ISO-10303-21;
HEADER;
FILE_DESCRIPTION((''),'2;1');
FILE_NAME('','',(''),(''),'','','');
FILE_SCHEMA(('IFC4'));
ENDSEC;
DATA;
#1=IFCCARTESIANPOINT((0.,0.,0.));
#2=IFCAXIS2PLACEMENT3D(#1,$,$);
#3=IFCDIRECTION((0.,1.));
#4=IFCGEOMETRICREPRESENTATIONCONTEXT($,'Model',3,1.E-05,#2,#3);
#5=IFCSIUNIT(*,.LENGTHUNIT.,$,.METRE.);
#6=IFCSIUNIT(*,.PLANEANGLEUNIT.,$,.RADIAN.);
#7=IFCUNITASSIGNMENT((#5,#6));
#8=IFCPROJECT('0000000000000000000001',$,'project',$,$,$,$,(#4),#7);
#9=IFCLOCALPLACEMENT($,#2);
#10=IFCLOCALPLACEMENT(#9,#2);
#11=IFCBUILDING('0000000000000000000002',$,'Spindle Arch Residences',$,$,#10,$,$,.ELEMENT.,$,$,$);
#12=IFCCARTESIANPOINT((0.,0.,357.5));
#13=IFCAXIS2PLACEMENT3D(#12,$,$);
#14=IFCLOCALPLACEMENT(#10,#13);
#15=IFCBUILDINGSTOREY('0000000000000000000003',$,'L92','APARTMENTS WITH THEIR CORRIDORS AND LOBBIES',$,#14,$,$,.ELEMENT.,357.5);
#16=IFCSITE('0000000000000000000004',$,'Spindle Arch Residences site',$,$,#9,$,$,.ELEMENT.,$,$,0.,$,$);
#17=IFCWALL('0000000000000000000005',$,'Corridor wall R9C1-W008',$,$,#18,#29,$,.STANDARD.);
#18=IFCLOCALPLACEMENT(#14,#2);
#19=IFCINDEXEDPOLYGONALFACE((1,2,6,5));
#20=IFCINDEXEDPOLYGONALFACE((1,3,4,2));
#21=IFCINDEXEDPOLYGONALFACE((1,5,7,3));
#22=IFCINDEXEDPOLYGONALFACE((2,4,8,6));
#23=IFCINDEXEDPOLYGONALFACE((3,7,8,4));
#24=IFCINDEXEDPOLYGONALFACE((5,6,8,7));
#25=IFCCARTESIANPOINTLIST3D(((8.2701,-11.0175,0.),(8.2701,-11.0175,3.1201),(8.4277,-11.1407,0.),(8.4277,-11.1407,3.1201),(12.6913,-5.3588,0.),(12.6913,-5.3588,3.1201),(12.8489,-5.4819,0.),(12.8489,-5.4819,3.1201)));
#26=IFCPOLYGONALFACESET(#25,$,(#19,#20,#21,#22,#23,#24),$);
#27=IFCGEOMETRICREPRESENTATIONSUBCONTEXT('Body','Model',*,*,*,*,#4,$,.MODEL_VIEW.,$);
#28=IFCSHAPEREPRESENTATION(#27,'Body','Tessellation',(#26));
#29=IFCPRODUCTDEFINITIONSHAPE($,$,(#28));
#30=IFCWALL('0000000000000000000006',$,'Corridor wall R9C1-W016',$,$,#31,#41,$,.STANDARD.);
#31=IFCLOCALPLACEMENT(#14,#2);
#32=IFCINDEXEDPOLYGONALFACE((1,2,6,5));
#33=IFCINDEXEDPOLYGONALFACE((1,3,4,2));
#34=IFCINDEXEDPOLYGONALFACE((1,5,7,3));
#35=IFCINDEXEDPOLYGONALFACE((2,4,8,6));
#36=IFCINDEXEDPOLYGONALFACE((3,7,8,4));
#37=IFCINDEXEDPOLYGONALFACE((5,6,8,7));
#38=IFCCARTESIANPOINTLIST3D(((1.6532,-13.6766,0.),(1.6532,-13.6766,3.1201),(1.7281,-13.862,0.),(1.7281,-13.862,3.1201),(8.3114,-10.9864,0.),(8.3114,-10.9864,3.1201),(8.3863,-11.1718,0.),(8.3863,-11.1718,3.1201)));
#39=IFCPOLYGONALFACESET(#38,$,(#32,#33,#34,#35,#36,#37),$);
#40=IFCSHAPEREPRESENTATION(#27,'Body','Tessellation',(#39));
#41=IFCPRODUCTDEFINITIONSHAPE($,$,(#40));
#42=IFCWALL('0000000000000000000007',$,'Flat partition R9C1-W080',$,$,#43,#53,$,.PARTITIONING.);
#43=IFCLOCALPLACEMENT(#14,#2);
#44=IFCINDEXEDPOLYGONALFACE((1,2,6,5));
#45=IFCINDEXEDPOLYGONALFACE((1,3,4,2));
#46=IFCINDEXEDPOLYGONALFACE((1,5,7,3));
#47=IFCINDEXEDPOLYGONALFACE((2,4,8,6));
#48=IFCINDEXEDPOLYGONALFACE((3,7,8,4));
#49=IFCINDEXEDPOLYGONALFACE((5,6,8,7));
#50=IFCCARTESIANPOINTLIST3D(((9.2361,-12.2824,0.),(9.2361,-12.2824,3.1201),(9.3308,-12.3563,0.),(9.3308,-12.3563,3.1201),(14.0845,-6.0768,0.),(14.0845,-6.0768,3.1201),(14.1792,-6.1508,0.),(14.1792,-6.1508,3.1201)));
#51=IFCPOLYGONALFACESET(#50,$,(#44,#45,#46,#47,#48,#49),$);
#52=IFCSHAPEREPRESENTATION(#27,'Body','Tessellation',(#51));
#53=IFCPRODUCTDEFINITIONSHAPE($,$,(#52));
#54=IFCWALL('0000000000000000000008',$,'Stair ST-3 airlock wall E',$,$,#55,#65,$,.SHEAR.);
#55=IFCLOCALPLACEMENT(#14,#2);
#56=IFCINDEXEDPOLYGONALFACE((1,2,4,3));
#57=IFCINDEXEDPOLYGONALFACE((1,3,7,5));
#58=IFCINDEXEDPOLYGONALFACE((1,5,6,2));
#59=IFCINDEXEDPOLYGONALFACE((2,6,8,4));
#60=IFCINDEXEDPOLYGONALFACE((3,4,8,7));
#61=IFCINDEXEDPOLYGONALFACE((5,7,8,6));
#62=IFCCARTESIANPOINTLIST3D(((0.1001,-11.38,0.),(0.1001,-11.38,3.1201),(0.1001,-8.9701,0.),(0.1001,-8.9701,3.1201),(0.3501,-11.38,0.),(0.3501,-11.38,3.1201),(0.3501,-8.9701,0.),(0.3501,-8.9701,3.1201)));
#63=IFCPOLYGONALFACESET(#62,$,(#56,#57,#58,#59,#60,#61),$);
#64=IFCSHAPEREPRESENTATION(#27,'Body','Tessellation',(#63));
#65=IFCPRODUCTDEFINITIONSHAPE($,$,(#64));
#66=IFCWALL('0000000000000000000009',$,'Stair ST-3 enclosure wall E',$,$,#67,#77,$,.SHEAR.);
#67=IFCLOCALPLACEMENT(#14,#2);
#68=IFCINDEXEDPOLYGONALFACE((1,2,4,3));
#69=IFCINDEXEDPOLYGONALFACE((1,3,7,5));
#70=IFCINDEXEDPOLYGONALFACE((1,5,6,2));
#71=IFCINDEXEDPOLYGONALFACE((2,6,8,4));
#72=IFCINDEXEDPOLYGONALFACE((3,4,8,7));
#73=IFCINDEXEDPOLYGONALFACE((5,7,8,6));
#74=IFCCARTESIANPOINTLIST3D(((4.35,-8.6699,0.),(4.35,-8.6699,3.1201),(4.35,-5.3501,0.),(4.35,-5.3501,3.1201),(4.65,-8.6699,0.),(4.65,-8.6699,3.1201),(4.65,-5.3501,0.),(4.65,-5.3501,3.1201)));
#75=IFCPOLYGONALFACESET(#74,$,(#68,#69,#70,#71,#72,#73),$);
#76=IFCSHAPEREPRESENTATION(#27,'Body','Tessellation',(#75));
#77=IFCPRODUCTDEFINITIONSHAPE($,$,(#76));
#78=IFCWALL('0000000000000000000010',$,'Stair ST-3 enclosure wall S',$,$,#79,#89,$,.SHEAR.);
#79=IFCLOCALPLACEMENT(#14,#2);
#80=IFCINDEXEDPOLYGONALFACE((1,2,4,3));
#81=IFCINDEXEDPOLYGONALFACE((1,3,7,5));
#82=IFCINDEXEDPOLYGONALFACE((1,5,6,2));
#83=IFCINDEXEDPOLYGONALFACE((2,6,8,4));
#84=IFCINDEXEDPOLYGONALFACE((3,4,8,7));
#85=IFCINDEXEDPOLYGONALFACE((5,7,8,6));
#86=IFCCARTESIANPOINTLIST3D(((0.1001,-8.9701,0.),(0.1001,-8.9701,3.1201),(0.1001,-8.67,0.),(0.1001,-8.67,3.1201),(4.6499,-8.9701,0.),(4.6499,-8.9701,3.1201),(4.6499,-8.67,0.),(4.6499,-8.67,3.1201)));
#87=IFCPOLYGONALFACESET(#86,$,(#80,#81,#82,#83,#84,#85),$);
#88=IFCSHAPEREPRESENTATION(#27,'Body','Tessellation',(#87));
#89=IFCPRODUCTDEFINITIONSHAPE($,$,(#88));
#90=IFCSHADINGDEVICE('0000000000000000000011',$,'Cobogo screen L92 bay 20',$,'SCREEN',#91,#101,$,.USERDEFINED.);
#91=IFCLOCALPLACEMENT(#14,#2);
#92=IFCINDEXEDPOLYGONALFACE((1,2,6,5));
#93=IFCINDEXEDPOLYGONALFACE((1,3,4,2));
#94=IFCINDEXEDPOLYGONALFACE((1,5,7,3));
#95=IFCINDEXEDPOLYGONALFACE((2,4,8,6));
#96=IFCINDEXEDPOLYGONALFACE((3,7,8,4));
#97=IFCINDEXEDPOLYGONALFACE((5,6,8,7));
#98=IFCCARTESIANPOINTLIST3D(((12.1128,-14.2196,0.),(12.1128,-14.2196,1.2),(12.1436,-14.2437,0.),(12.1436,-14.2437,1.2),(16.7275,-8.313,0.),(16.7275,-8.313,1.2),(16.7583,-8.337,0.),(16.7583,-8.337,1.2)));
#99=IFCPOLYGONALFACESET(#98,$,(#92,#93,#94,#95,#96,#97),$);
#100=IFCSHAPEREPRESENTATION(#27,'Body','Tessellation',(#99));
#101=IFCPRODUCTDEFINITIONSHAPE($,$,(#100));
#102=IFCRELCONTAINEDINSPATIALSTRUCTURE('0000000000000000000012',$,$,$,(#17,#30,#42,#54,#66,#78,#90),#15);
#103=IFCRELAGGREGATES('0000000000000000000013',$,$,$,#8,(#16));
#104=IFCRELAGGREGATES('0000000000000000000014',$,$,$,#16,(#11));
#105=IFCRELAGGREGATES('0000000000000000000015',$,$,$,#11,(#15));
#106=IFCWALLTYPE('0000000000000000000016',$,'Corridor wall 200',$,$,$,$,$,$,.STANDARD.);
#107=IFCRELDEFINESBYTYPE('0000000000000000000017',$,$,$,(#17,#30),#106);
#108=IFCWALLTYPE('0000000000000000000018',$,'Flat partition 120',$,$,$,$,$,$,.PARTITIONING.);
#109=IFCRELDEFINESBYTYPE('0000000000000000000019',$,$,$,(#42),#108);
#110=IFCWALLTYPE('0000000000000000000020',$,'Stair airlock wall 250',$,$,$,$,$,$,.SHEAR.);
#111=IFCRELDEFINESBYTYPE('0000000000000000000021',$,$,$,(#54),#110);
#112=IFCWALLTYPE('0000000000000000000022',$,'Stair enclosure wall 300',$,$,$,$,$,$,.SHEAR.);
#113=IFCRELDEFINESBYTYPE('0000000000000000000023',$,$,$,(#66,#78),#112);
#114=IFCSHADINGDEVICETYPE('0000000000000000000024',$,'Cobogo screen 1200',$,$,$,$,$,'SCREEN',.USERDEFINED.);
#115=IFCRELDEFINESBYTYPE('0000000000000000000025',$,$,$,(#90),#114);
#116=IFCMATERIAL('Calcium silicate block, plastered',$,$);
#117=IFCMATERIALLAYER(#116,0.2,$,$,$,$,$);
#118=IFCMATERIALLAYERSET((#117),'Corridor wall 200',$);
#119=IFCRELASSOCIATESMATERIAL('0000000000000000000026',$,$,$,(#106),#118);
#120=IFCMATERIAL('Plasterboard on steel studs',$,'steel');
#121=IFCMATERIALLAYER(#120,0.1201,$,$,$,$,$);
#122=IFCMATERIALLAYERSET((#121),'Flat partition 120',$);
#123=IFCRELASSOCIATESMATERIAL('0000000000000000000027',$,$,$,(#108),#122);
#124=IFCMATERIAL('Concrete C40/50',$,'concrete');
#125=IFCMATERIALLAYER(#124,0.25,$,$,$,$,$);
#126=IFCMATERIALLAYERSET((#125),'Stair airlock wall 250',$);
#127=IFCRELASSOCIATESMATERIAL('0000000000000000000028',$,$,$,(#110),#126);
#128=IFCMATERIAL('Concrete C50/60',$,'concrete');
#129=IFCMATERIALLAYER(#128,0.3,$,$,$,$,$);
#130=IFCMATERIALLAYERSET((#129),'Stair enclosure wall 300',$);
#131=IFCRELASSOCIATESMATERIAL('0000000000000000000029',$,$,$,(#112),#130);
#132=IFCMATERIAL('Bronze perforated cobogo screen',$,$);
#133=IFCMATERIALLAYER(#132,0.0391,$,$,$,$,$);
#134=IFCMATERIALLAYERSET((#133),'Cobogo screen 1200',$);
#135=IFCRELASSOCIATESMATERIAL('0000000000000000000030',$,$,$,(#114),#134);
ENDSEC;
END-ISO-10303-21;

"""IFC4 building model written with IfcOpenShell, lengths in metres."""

from ifc_helpers import new_model, si_unit, direction, frame, frame_2d, origin, origin_2d, place, context, subcontext, project, spatial, rectangle, extrude, material, layer, layer_set, type_object, element, save


model = new_model("IFC4")

# Units and contexts
model_context = context("Model", 3, precision=1e-05, world=origin(), true_north=direction((0.0, 1.0)))
body_context = subcontext(model_context, "Body", "Model", "MODEL_VIEW")
ifc_project = project(units=[si_unit("LENGTHUNIT", "METRE"), si_unit("PLANEANGLEUNIT", "RADIAN")], contexts=[model_context])

# Site, building, storey
site_placement = place(None, origin())
site = spatial("IfcSite", under=ifc_project, at=site_placement, Name="Spindle Arch Residences site", CompositionType="ELEMENT", RefElevation=0.0)
building_placement = place(site_placement, origin())
building = spatial("IfcBuilding", under=site, at=building_placement, Name="Spindle Arch Residences", CompositionType="ELEMENT")
storey_placement = place(building_placement, frame((0.0, 0.0, 357.5)))
storey = spatial("IfcBuildingStorey", under=building, at=storey_placement, Name="L92", Description="APARTMENTS WITH THEIR CORRIDORS AND LOBBIES", CompositionType="ELEMENT", Elevation=357.5)

# Walls
ifc_material_1 = material(Name="Calcium silicate block, plastered")
ifc_layer_1 = layer(ifc_material_1, 0.2)
ifc_layer_set_1 = layer_set([ifc_layer_1], Name="Corridor wall 200")
wall_type_1 = type_object("IfcWallType", Name="Corridor wall 200", PredefinedType="STANDARD", material=ifc_layer_set_1)
for number, where, z_axis, x_axis, name in (
    (1, (8.3489, -11.0791, 0.0), (0.0, 0.0, 1.0), (0.615669, 0.788005, 0.0), "Corridor wall R9C1-W008"),
    (2, (1.6907, -13.7693, 0.0), (0.0, 0.0, 1.0), (0.927179, 0.374618, 0.0), "Corridor wall R9C1-W016"),
):
    element("IfcWall", number, at=place(storey_placement, frame(where, z_axis=z_axis, x_axis=x_axis)), inside=storey, type_object=wall_type_1, Name=name, PredefinedType="STANDARD", context=body_context, shape_type="SweptSolid", body=[
        extrude(rectangle(XDim=7.1812, YDim=0.2, at=frame_2d((3.5906, 0.0))), origin(), (0.0, 0.0, 1.0), 3.1201),
    ])
ifc_material_2 = material(Name="Plasterboard on steel studs", Category="steel")
ifc_layer_2 = layer(ifc_material_2, 0.1201)
ifc_layer_set_2 = layer_set([ifc_layer_2], Name="Flat partition 120")
wall_type_2 = type_object("IfcWallType", Name="Flat partition 120", PredefinedType="PARTITIONING", material=ifc_layer_set_2)
wall_1_placement = place(storey_placement, frame((9.2834, -12.3193, 0.0), z_axis=(0.0, 0.0, 1.0), x_axis=(0.615667, 0.788007, 0.0)))
element("IfcWall", 3, at=wall_1_placement, inside=storey, type_object=wall_type_2, Name="Flat partition R9C1-W080", PredefinedType="PARTITIONING", context=body_context, shape_type="SweptSolid", body=[
    extrude(rectangle(XDim=7.875, YDim=0.1201, at=frame_2d((3.9375, 0.0))), origin(), (0.0, 0.0, 1.0), 3.1201),
])

# Walls
ifc_material_3 = material(Name="Concrete C40/50", Category="concrete")
ifc_layer_3 = layer(ifc_material_3, 0.25)
ifc_layer_set_3 = layer_set([ifc_layer_3], Name="Stair airlock wall 250")
wall_type_3 = type_object("IfcWallType", Name="Stair airlock wall 250", PredefinedType="SHEAR", material=ifc_layer_set_3)
wall_2_placement = place(storey_placement, frame((0.2251, -8.97, 0.0), z_axis=(0.0, 0.0, 1.0), x_axis=(0.0, -1.0, 0.0)))
element("IfcWall", 4, at=wall_2_placement, inside=storey, type_object=wall_type_3, Name="Stair ST-3 airlock wall E", PredefinedType="SHEAR", context=body_context, shape_type="SweptSolid", body=[
    extrude(rectangle(XDim=2.4099, YDim=0.25, at=frame_2d((1.2051, 0.0))), origin(), (0.0, 0.0, 1.0), 3.1201),
])
ifc_material_4 = material(Name="Concrete C50/60", Category="concrete")
ifc_layer_4 = layer(ifc_material_4, 0.3)
ifc_layer_set_4 = layer_set([ifc_layer_4], Name="Stair enclosure wall 300")
wall_type_4 = type_object("IfcWallType", Name="Stair enclosure wall 300", PredefinedType="SHEAR", material=ifc_layer_set_4)
wall_3_placement = place(storey_placement, frame((4.5, -8.6699, 0.0), z_axis=(0.0, 0.0, 1.0), x_axis=(0.0, 1.0, 0.0)))
element("IfcWall", 5, at=wall_3_placement, inside=storey, type_object=wall_type_4, Name="Stair ST-3 enclosure wall E", PredefinedType="SHEAR", context=body_context, shape_type="SweptSolid", body=[
    extrude(rectangle(XDim=3.3198, YDim=0.3, at=frame_2d((1.6599, 0.0))), origin(), (0.0, 0.0, 1.0), 3.1201),
])
wall_4_placement = place(storey_placement, frame((0.1001, -8.8201, 0.0), z_axis=(0.0, 0.0, 1.0), x_axis=(1.0, 0.0, 0.0)))
element("IfcWall", 6, at=wall_4_placement, inside=storey, type_object=wall_type_4, Name="Stair ST-3 enclosure wall S", PredefinedType="SHEAR", context=body_context, shape_type="SweptSolid", body=[
    extrude(rectangle(XDim=4.5498, YDim=0.3, at=frame_2d((2.2749, 0.0))), origin(), (0.0, 0.0, 1.0), 3.1201),
])

# Shading device
ifc_material_5 = material(Name="Bronze perforated cobogo screen")
ifc_layer_5 = layer(ifc_material_5, 0.0391)
ifc_layer_set_5 = layer_set([ifc_layer_5], Name="Cobogo screen 1200")
shading_device_type = type_object("IfcShadingDeviceType", Name="Cobogo screen 1200", ElementType="SCREEN", PredefinedType="USERDEFINED", material=ifc_layer_set_5)
shading_device_placement = place(storey_placement, frame((14.4355, -11.2783, 0.0), z_axis=(0.0, 0.0, 1.0), x_axis=(0.615661, 0.788011, 0.0)))
element("IfcShadingDevice", 7, at=shading_device_placement, inside=storey, type_object=shading_device_type, Name="Cobogo screen L92 bay 20", ObjectType="SCREEN", PredefinedType="USERDEFINED", context=body_context, shape_type="SweptSolid", body=[
    extrude(rectangle(XDim=7.4956, YDim=0.0391, at=origin_2d()), origin(), (0.0, 0.0, 1.0), 1.2),
])

save(model, "model.ifc")
